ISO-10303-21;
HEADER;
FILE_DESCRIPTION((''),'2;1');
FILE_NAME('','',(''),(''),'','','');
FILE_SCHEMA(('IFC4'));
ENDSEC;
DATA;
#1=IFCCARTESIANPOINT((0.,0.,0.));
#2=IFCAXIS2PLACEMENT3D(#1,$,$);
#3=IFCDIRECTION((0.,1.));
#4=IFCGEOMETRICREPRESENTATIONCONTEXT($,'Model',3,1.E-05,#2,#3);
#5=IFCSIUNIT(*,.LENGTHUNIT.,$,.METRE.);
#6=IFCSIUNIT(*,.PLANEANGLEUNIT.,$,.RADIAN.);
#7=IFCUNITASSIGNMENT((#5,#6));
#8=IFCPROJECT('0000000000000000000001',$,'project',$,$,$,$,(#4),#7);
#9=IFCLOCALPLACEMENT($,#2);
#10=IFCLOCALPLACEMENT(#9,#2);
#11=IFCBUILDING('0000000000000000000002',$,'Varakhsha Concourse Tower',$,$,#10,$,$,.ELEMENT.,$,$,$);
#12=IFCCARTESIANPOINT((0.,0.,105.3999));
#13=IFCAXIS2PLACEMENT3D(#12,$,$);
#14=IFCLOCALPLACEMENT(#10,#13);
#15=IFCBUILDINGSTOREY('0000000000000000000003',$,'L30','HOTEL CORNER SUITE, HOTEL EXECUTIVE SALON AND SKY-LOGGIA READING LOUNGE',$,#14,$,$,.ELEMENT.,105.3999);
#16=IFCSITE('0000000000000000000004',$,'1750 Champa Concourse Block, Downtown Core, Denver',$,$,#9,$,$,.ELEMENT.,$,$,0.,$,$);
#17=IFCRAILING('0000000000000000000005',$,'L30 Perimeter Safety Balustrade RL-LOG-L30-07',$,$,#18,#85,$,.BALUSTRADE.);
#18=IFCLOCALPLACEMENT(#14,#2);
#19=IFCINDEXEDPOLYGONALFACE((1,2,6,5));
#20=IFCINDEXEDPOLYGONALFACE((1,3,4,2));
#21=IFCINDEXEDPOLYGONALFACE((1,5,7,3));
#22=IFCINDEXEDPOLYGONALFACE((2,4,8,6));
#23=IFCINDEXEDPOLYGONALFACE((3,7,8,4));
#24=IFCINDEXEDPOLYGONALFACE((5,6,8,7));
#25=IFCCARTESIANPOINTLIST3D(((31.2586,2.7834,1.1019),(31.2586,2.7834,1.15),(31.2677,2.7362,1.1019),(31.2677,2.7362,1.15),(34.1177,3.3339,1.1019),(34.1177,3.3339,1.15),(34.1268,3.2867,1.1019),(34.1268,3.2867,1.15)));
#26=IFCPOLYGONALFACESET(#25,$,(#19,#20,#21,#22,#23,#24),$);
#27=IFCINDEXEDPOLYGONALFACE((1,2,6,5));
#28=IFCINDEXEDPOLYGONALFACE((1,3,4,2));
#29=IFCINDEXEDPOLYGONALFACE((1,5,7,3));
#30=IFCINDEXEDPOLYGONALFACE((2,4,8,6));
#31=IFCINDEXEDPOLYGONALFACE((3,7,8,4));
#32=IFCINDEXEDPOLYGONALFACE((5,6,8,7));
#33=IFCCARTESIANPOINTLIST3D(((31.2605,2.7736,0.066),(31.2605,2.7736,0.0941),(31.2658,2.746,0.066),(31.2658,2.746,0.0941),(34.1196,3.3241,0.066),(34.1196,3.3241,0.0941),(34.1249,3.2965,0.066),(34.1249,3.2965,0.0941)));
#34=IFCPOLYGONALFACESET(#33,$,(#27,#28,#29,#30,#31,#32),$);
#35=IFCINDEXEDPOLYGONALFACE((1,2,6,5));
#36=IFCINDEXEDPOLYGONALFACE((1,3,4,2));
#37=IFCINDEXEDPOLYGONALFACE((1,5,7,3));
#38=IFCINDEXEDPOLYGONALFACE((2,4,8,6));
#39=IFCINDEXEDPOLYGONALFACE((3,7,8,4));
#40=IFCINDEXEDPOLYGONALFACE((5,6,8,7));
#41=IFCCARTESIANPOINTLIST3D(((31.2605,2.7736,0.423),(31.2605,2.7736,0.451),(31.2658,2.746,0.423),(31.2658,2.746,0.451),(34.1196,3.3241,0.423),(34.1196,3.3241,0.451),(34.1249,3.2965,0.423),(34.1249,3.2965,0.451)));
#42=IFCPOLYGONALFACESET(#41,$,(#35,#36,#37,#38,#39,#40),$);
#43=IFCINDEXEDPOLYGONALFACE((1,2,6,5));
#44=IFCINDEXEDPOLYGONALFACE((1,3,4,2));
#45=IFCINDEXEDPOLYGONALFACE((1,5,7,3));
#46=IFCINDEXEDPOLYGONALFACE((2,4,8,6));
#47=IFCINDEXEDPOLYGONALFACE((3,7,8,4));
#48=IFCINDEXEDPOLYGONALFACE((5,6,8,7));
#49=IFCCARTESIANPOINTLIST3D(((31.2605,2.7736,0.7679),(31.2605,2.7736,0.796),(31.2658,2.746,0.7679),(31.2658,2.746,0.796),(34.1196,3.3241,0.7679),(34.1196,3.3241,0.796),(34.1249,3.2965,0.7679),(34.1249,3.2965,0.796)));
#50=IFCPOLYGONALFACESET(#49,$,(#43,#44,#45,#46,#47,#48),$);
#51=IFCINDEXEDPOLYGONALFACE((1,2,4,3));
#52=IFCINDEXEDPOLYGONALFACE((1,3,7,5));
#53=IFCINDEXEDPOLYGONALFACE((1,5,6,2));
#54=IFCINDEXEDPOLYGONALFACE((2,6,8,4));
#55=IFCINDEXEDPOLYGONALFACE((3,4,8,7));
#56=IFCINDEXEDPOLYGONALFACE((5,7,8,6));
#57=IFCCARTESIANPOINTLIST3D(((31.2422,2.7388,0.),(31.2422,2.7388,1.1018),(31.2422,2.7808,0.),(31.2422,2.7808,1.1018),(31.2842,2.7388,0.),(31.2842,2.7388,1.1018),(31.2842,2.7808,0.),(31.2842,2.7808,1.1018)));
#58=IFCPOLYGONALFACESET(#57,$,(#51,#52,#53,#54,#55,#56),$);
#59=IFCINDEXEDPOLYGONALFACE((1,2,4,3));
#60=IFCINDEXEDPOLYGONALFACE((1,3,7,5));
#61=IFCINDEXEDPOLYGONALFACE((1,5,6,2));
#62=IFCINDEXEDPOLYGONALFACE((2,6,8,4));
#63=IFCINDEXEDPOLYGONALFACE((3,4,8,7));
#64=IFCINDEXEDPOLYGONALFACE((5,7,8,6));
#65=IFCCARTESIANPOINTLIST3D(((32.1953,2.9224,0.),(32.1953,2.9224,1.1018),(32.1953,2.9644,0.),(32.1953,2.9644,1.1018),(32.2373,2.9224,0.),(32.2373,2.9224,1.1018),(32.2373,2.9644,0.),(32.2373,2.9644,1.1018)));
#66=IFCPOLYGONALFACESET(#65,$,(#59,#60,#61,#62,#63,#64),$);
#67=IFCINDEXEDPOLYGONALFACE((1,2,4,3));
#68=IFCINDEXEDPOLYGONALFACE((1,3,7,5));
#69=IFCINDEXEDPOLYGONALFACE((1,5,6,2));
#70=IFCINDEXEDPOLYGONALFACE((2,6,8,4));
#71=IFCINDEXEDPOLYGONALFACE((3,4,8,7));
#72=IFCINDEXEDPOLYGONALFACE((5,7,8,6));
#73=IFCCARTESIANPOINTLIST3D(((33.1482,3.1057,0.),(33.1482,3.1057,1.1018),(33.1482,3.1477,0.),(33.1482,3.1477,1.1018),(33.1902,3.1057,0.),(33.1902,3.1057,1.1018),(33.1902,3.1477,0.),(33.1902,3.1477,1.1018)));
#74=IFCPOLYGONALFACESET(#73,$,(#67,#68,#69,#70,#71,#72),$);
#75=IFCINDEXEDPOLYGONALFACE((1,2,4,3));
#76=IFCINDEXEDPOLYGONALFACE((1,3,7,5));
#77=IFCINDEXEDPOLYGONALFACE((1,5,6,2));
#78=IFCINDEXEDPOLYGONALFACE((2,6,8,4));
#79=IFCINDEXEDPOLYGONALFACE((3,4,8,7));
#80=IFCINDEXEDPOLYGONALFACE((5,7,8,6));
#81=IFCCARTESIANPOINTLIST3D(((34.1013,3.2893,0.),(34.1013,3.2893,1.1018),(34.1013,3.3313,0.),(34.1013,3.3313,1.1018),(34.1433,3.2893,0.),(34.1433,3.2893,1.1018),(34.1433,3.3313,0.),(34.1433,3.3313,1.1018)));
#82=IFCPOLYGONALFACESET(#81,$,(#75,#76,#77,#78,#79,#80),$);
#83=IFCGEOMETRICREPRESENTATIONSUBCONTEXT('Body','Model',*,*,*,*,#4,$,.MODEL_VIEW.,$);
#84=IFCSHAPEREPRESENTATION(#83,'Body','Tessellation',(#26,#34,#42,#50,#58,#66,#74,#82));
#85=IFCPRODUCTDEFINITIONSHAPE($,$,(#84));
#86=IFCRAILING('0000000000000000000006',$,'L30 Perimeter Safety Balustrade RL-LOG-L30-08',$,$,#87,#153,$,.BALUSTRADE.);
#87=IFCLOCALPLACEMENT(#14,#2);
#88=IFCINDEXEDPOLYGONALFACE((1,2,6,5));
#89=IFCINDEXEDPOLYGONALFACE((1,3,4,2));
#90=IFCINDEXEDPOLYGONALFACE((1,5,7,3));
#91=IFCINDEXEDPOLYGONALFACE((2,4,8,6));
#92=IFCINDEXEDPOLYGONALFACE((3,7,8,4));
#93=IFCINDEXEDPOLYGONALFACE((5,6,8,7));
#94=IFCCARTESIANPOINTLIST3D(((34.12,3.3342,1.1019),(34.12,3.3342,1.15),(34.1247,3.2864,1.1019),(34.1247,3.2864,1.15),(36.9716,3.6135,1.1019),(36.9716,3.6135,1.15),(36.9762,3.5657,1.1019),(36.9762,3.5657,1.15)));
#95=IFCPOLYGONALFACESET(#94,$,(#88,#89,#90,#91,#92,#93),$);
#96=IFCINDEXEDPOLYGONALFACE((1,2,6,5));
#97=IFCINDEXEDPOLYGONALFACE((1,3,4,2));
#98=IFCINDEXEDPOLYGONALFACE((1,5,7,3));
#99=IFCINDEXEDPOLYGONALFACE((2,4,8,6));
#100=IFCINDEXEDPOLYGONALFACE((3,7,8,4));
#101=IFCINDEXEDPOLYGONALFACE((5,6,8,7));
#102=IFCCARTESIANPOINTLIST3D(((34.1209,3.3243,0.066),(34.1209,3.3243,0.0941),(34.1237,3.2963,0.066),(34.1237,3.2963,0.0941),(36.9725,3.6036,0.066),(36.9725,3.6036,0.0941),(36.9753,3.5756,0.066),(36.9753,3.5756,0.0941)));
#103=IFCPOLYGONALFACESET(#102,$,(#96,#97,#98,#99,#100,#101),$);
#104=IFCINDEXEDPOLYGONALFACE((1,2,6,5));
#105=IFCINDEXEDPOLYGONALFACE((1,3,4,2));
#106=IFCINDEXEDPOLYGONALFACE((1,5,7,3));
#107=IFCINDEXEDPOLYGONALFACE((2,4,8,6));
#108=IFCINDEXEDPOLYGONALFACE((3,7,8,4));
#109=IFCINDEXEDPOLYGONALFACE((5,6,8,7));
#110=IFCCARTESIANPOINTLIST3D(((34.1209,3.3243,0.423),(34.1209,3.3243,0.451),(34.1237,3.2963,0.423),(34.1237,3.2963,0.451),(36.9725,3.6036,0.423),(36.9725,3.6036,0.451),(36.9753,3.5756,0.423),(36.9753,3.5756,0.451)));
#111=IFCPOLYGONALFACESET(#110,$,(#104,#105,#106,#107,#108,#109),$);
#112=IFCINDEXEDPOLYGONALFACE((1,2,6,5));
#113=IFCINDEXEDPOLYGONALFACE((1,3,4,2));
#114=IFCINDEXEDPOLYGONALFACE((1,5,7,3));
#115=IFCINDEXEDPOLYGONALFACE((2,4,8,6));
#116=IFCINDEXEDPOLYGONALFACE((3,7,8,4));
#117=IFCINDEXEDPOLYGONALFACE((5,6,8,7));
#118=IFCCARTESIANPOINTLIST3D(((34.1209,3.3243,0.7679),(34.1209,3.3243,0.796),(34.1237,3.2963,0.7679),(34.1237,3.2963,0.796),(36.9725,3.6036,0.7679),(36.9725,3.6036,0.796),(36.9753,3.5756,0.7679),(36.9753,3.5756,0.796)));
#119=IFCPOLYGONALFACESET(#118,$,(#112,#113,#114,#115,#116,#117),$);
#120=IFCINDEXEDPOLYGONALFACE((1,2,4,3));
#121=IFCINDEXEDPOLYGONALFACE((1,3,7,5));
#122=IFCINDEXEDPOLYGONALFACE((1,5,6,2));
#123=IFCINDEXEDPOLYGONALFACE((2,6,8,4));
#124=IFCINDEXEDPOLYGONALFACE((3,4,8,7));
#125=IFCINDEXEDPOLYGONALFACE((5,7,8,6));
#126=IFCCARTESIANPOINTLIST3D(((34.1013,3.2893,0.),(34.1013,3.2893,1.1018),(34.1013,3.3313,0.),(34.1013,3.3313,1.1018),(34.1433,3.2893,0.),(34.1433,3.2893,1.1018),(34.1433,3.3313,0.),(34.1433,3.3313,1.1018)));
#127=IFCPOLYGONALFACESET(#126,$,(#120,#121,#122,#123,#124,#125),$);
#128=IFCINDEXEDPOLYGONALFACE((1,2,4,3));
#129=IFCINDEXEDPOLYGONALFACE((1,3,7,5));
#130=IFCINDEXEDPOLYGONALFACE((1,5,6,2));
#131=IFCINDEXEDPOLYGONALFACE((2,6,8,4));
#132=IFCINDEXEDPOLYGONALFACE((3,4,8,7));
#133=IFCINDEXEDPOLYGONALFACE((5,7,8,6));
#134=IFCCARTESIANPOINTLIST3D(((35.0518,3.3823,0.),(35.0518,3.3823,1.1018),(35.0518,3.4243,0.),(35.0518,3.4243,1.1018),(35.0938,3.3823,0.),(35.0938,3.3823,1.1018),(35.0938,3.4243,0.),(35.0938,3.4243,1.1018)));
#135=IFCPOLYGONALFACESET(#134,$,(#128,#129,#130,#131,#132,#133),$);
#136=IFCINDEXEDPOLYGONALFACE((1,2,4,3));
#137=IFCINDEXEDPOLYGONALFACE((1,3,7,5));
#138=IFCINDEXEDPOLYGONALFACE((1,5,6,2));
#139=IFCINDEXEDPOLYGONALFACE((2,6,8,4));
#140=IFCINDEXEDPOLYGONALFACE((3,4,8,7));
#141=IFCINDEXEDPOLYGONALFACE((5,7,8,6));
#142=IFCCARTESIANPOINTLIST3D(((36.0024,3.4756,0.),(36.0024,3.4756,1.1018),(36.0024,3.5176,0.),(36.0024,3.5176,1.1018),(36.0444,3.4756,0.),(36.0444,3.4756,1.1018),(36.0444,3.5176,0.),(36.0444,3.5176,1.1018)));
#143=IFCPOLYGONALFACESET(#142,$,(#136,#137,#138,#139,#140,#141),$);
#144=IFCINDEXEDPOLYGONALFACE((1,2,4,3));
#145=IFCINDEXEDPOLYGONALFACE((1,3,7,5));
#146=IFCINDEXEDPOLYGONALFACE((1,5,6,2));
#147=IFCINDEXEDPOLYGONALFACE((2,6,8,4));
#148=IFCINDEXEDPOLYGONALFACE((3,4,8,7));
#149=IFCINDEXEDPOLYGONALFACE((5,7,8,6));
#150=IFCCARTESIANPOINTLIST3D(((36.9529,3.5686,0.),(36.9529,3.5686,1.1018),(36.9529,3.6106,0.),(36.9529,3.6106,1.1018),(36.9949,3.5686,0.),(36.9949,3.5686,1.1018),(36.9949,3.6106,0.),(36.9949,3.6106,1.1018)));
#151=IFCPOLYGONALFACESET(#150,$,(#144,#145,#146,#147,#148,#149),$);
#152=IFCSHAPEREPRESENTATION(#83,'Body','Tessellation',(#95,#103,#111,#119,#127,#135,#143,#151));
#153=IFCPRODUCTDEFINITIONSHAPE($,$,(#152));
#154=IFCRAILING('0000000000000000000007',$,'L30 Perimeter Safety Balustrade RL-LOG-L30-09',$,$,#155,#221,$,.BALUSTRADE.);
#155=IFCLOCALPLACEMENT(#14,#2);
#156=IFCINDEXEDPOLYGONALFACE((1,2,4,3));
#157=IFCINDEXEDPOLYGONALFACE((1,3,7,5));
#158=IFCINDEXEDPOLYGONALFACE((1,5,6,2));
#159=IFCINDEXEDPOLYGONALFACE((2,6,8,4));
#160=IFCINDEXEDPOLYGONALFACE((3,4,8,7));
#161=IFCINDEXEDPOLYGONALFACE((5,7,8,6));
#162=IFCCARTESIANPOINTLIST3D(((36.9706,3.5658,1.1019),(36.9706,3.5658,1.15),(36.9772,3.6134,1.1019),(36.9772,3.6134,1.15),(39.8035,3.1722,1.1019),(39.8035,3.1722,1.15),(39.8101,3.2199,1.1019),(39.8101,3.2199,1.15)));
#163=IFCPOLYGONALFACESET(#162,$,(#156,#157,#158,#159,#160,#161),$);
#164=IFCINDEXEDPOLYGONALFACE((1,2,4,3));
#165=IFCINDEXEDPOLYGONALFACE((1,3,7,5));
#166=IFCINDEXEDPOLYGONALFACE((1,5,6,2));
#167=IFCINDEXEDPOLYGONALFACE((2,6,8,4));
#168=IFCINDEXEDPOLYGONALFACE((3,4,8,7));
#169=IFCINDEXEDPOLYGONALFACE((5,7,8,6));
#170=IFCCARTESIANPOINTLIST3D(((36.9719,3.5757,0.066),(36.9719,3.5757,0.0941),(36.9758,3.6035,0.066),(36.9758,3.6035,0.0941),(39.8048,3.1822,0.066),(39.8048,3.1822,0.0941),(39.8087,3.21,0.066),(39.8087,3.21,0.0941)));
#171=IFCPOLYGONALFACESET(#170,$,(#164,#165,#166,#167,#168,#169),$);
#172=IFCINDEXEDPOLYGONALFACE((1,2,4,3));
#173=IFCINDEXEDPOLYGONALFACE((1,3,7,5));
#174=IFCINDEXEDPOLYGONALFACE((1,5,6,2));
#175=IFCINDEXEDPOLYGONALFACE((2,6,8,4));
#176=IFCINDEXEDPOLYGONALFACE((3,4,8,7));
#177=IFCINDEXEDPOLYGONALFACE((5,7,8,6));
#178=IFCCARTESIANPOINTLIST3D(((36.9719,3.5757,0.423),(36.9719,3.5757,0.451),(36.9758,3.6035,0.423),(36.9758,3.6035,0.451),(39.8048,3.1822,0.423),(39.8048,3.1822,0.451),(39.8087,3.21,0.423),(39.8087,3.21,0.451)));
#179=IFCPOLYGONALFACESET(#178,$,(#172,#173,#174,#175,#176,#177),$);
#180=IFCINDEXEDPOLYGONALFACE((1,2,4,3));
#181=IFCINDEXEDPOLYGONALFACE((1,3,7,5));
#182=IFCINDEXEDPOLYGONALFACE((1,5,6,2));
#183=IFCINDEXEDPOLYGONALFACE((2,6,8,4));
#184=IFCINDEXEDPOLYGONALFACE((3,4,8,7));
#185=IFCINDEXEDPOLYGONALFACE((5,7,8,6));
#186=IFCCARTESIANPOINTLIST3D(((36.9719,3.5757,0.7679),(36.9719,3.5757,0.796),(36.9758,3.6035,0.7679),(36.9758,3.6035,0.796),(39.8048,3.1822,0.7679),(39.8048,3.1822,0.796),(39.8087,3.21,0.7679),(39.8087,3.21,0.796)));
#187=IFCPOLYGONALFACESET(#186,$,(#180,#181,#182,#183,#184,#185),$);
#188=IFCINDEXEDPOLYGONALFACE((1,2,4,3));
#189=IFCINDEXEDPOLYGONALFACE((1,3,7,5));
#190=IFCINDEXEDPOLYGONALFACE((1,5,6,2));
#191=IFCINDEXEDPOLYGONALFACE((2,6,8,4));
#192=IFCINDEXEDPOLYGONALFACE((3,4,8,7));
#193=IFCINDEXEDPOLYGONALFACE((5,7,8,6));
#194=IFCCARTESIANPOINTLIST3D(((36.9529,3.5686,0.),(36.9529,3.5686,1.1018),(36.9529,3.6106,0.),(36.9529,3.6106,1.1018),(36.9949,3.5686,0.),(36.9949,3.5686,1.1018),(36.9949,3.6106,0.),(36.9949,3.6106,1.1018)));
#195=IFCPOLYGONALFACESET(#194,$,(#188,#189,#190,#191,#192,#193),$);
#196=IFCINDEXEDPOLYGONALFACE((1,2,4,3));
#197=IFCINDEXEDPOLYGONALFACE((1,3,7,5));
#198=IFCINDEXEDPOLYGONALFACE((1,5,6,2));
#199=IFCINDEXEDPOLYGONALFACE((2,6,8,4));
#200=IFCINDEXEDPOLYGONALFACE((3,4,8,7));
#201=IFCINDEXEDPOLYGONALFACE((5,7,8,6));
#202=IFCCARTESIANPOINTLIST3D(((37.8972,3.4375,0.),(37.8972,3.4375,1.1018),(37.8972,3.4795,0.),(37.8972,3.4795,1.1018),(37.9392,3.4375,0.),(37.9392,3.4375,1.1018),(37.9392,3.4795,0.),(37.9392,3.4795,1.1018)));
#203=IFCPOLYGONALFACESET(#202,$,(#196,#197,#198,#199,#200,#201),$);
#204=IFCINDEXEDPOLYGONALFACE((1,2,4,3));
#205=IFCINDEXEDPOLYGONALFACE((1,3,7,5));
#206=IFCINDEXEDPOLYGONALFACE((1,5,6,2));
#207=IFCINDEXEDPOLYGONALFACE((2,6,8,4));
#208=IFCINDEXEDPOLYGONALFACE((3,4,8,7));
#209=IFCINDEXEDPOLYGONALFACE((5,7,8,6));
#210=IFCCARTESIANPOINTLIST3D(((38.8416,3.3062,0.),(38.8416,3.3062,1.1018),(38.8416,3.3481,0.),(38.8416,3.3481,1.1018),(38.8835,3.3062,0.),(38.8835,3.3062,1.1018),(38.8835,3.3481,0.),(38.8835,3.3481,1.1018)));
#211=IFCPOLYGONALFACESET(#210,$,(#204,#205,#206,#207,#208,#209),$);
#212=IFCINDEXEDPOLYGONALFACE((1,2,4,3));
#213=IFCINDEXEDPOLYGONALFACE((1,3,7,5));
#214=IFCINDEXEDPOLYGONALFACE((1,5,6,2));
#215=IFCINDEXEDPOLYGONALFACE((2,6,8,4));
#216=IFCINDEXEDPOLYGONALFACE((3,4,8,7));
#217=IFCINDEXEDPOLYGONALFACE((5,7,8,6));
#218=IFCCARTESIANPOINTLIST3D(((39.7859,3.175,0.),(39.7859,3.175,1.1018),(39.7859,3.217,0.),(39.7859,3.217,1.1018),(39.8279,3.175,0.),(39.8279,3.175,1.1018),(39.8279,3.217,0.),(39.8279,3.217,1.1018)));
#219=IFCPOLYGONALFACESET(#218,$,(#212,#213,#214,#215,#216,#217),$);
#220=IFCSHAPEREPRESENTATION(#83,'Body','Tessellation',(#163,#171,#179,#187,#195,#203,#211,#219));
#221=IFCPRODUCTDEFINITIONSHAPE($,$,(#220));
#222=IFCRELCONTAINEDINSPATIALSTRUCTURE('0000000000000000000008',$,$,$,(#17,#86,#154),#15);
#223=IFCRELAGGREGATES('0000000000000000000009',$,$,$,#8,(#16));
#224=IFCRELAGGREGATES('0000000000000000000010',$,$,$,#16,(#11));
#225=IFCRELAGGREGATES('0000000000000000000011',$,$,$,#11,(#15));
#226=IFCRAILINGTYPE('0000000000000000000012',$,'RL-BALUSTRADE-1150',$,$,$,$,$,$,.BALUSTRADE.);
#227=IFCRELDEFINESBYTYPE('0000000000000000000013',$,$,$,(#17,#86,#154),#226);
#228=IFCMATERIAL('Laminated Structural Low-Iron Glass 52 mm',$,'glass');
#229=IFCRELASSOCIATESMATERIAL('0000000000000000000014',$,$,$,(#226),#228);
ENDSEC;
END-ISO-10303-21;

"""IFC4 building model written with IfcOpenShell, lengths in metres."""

from ifc_helpers import new_model, si_unit, direction, frame, origin, origin_2d, place, context, subcontext, project, spatial, rectangle, extrude, material, type_object, element, save


model = new_model("IFC4")

# Units and contexts
model_context = context("Model", 3, precision=1e-05, world=origin(), true_north=direction((0.0, 1.0)))
body_context = subcontext(model_context, "Body", "Model", "MODEL_VIEW")
ifc_project = project(units=[si_unit("LENGTHUNIT", "METRE"), si_unit("PLANEANGLEUNIT", "RADIAN")], contexts=[model_context])

# Site, building, storey
site_placement = place(None, origin())
site = spatial("IfcSite", under=ifc_project, at=site_placement, Name="1750 Champa Concourse Block, Downtown Core, Denver", CompositionType="ELEMENT", RefElevation=0.0)
building_placement = place(site_placement, origin())
building = spatial("IfcBuilding", under=site, at=building_placement, Name="Varakhsha Concourse Tower", CompositionType="ELEMENT")
storey_placement = place(building_placement, frame((0.0, 0.0, 105.3999)))
storey = spatial("IfcBuildingStorey", under=building, at=storey_placement, Name="L30", Description="HOTEL CORNER SUITE, HOTEL EXECUTIVE SALON AND SKY-LOGGIA READING LOUNGE", CompositionType="ELEMENT", Elevation=105.3999)

# Railings
ifc_material_1 = material(Name="Laminated Structural Low-Iron Glass 52 mm", Category="glass")
railing_type = type_object("IfcRailingType", Name="RL-BALUSTRADE-1150", PredefinedType="BALUSTRADE", material=ifc_material_1)
railing_1_placement = place(storey_placement, frame((31.2632, 2.7598, 0.0)))
element("IfcRailing", 1, at=railing_1_placement, inside=storey, type_object=railing_type, Name="L30 Perimeter Safety Balustrade RL-LOG-L30-07", PredefinedType="BALUSTRADE", context=body_context, shape_type="SweptSolid", body=[
    extrude(rectangle(XDim=0.0481, YDim=0.0481, at=origin_2d()), frame((0.0, 0.0, 1.126), z_axis=(0.981962, 0.189081, 0.0), x_axis=(-0.189081, 0.981962, 0.0)), (0.0, 0.0, 1.0), 2.9116),
    extrude(rectangle(XDim=0.0281, YDim=0.0281, at=origin_2d()), frame((0.0, 0.0, 0.0801), z_axis=(0.981962, 0.189081, 0.0), x_axis=(-0.189081, 0.981962, 0.0)), (0.0, 0.0, 1.0), 2.9116),
    extrude(rectangle(XDim=0.0281, YDim=0.0281, at=origin_2d()), frame((0.0, 0.0, 0.437), z_axis=(0.981962, 0.189081, 0.0), x_axis=(-0.189081, 0.981962, 0.0)), (0.0, 0.0, 1.0), 2.9116),
    extrude(rectangle(XDim=0.0281, YDim=0.0281, at=origin_2d()), frame((0.0, 0.0, 0.782), z_axis=(0.981962, 0.189081, 0.0), x_axis=(-0.189081, 0.981962, 0.0)), (0.0, 0.0, 1.0), 2.9116),
    extrude(rectangle(XDim=0.042, YDim=0.042, at=origin_2d()), origin(), (0.0, 0.0, 1.0), 1.1018),
    extrude(rectangle(XDim=0.042, YDim=0.042, at=origin_2d()), frame((0.9531, 0.1836, 0.0)), (0.0, 0.0, 1.0), 1.1018),
    extrude(rectangle(XDim=0.042, YDim=0.042, at=origin_2d()), frame((1.906, 0.3669, 0.0)), (0.0, 0.0, 1.0), 1.1018),
    extrude(rectangle(XDim=0.042, YDim=0.042, at=origin_2d()), frame((2.8591, 0.5505, 0.0)), (0.0, 0.0, 1.0), 1.1018),
])
railing_2_placement = place(storey_placement, frame((34.1223, 3.3103, 0.0)))
element("IfcRailing", 2, at=railing_2_placement, inside=storey, type_object=railing_type, Name="L30 Perimeter Safety Balustrade RL-LOG-L30-08", PredefinedType="BALUSTRADE", context=body_context, shape_type="SweptSolid", body=[
    extrude(rectangle(XDim=0.0481, YDim=0.0481, at=origin_2d()), frame((0.0, 0.0, 1.126), z_axis=(0.995238, 0.097479, 0.0), x_axis=(-0.097479, 0.995238, 0.0)), (0.0, 0.0, 1.0), 2.8652),
    extrude(rectangle(XDim=0.0281, YDim=0.0281, at=origin_2d()), frame((0.0, 0.0, 0.0801), z_axis=(0.995238, 0.097479, 0.0), x_axis=(-0.097479, 0.995238, 0.0)), (0.0, 0.0, 1.0), 2.8652),
    extrude(rectangle(XDim=0.0281, YDim=0.0281, at=origin_2d()), frame((0.0, 0.0, 0.437), z_axis=(0.995238, 0.097479, 0.0), x_axis=(-0.097479, 0.995238, 0.0)), (0.0, 0.0, 1.0), 2.8652),
    extrude(rectangle(XDim=0.0281, YDim=0.0281, at=origin_2d()), frame((0.0, 0.0, 0.782), z_axis=(0.995238, 0.097479, 0.0), x_axis=(-0.097479, 0.995238, 0.0)), (0.0, 0.0, 1.0), 2.8652),
    extrude(rectangle(XDim=0.042, YDim=0.042, at=origin_2d()), origin(), (0.0, 0.0, 1.0), 1.1018),
    extrude(rectangle(XDim=0.042, YDim=0.042, at=origin_2d()), frame((0.9504, 0.093, 0.0)), (0.0, 0.0, 1.0), 1.1018),
    extrude(rectangle(XDim=0.042, YDim=0.042, at=origin_2d()), frame((1.9011, 0.1863, 0.0)), (0.0, 0.0, 1.0), 1.1018),
    extrude(rectangle(XDim=0.042, YDim=0.042, at=origin_2d()), frame((2.8516, 0.2793, 0.0)), (0.0, 0.0, 1.0), 1.1018),
])
railing_3_placement = place(storey_placement, frame((36.9739, 3.5896, 0.0)))
element("IfcRailing", 3, at=railing_3_placement, inside=storey, type_object=railing_type, Name="L30 Perimeter Safety Balustrade RL-LOG-L30-09", PredefinedType="BALUSTRADE", context=body_context, shape_type="SweptSolid", body=[
    extrude(rectangle(XDim=0.0481, YDim=0.0481, at=origin_2d()), frame((0.0, 0.0, 1.126), z_axis=(0.990488, -0.137596, 0.0), x_axis=(0.137596, 0.990488, 0.0)), (0.0, 0.0, 1.0), 2.8601),
    extrude(rectangle(XDim=0.0281, YDim=0.0281, at=origin_2d()), frame((0.0, 0.0, 0.0801), z_axis=(0.990488, -0.137596, 0.0), x_axis=(0.137596, 0.990488, 0.0)), (0.0, 0.0, 1.0), 2.8601),
    extrude(rectangle(XDim=0.0281, YDim=0.0281, at=origin_2d()), frame((0.0, 0.0, 0.437), z_axis=(0.990488, -0.137596, 0.0), x_axis=(0.137596, 0.990488, 0.0)), (0.0, 0.0, 1.0), 2.8601),
    extrude(rectangle(XDim=0.0281, YDim=0.0281, at=origin_2d()), frame((0.0, 0.0, 0.782), z_axis=(0.990488, -0.137596, 0.0), x_axis=(0.137596, 0.990488, 0.0)), (0.0, 0.0, 1.0), 2.8601),
    extrude(rectangle(XDim=0.042, YDim=0.042, at=origin_2d()), origin(), (0.0, 0.0, 1.0), 1.1018),
    extrude(rectangle(XDim=0.042, YDim=0.042, at=origin_2d()), frame((0.9443, -0.1311, 0.0)), (0.0, 0.0, 1.0), 1.1018),
    extrude(rectangle(XDim=0.042, YDim=0.042, at=origin_2d()), frame((1.8887, -0.2625, 0.0)), (0.0, 0.0, 1.0), 1.1018),
    extrude(rectangle(XDim=0.042, YDim=0.042, at=origin_2d()), frame((2.833, -0.3936, 0.0)), (0.0, 0.0, 1.0), 1.1018),
])

save(model, "model.ifc")
